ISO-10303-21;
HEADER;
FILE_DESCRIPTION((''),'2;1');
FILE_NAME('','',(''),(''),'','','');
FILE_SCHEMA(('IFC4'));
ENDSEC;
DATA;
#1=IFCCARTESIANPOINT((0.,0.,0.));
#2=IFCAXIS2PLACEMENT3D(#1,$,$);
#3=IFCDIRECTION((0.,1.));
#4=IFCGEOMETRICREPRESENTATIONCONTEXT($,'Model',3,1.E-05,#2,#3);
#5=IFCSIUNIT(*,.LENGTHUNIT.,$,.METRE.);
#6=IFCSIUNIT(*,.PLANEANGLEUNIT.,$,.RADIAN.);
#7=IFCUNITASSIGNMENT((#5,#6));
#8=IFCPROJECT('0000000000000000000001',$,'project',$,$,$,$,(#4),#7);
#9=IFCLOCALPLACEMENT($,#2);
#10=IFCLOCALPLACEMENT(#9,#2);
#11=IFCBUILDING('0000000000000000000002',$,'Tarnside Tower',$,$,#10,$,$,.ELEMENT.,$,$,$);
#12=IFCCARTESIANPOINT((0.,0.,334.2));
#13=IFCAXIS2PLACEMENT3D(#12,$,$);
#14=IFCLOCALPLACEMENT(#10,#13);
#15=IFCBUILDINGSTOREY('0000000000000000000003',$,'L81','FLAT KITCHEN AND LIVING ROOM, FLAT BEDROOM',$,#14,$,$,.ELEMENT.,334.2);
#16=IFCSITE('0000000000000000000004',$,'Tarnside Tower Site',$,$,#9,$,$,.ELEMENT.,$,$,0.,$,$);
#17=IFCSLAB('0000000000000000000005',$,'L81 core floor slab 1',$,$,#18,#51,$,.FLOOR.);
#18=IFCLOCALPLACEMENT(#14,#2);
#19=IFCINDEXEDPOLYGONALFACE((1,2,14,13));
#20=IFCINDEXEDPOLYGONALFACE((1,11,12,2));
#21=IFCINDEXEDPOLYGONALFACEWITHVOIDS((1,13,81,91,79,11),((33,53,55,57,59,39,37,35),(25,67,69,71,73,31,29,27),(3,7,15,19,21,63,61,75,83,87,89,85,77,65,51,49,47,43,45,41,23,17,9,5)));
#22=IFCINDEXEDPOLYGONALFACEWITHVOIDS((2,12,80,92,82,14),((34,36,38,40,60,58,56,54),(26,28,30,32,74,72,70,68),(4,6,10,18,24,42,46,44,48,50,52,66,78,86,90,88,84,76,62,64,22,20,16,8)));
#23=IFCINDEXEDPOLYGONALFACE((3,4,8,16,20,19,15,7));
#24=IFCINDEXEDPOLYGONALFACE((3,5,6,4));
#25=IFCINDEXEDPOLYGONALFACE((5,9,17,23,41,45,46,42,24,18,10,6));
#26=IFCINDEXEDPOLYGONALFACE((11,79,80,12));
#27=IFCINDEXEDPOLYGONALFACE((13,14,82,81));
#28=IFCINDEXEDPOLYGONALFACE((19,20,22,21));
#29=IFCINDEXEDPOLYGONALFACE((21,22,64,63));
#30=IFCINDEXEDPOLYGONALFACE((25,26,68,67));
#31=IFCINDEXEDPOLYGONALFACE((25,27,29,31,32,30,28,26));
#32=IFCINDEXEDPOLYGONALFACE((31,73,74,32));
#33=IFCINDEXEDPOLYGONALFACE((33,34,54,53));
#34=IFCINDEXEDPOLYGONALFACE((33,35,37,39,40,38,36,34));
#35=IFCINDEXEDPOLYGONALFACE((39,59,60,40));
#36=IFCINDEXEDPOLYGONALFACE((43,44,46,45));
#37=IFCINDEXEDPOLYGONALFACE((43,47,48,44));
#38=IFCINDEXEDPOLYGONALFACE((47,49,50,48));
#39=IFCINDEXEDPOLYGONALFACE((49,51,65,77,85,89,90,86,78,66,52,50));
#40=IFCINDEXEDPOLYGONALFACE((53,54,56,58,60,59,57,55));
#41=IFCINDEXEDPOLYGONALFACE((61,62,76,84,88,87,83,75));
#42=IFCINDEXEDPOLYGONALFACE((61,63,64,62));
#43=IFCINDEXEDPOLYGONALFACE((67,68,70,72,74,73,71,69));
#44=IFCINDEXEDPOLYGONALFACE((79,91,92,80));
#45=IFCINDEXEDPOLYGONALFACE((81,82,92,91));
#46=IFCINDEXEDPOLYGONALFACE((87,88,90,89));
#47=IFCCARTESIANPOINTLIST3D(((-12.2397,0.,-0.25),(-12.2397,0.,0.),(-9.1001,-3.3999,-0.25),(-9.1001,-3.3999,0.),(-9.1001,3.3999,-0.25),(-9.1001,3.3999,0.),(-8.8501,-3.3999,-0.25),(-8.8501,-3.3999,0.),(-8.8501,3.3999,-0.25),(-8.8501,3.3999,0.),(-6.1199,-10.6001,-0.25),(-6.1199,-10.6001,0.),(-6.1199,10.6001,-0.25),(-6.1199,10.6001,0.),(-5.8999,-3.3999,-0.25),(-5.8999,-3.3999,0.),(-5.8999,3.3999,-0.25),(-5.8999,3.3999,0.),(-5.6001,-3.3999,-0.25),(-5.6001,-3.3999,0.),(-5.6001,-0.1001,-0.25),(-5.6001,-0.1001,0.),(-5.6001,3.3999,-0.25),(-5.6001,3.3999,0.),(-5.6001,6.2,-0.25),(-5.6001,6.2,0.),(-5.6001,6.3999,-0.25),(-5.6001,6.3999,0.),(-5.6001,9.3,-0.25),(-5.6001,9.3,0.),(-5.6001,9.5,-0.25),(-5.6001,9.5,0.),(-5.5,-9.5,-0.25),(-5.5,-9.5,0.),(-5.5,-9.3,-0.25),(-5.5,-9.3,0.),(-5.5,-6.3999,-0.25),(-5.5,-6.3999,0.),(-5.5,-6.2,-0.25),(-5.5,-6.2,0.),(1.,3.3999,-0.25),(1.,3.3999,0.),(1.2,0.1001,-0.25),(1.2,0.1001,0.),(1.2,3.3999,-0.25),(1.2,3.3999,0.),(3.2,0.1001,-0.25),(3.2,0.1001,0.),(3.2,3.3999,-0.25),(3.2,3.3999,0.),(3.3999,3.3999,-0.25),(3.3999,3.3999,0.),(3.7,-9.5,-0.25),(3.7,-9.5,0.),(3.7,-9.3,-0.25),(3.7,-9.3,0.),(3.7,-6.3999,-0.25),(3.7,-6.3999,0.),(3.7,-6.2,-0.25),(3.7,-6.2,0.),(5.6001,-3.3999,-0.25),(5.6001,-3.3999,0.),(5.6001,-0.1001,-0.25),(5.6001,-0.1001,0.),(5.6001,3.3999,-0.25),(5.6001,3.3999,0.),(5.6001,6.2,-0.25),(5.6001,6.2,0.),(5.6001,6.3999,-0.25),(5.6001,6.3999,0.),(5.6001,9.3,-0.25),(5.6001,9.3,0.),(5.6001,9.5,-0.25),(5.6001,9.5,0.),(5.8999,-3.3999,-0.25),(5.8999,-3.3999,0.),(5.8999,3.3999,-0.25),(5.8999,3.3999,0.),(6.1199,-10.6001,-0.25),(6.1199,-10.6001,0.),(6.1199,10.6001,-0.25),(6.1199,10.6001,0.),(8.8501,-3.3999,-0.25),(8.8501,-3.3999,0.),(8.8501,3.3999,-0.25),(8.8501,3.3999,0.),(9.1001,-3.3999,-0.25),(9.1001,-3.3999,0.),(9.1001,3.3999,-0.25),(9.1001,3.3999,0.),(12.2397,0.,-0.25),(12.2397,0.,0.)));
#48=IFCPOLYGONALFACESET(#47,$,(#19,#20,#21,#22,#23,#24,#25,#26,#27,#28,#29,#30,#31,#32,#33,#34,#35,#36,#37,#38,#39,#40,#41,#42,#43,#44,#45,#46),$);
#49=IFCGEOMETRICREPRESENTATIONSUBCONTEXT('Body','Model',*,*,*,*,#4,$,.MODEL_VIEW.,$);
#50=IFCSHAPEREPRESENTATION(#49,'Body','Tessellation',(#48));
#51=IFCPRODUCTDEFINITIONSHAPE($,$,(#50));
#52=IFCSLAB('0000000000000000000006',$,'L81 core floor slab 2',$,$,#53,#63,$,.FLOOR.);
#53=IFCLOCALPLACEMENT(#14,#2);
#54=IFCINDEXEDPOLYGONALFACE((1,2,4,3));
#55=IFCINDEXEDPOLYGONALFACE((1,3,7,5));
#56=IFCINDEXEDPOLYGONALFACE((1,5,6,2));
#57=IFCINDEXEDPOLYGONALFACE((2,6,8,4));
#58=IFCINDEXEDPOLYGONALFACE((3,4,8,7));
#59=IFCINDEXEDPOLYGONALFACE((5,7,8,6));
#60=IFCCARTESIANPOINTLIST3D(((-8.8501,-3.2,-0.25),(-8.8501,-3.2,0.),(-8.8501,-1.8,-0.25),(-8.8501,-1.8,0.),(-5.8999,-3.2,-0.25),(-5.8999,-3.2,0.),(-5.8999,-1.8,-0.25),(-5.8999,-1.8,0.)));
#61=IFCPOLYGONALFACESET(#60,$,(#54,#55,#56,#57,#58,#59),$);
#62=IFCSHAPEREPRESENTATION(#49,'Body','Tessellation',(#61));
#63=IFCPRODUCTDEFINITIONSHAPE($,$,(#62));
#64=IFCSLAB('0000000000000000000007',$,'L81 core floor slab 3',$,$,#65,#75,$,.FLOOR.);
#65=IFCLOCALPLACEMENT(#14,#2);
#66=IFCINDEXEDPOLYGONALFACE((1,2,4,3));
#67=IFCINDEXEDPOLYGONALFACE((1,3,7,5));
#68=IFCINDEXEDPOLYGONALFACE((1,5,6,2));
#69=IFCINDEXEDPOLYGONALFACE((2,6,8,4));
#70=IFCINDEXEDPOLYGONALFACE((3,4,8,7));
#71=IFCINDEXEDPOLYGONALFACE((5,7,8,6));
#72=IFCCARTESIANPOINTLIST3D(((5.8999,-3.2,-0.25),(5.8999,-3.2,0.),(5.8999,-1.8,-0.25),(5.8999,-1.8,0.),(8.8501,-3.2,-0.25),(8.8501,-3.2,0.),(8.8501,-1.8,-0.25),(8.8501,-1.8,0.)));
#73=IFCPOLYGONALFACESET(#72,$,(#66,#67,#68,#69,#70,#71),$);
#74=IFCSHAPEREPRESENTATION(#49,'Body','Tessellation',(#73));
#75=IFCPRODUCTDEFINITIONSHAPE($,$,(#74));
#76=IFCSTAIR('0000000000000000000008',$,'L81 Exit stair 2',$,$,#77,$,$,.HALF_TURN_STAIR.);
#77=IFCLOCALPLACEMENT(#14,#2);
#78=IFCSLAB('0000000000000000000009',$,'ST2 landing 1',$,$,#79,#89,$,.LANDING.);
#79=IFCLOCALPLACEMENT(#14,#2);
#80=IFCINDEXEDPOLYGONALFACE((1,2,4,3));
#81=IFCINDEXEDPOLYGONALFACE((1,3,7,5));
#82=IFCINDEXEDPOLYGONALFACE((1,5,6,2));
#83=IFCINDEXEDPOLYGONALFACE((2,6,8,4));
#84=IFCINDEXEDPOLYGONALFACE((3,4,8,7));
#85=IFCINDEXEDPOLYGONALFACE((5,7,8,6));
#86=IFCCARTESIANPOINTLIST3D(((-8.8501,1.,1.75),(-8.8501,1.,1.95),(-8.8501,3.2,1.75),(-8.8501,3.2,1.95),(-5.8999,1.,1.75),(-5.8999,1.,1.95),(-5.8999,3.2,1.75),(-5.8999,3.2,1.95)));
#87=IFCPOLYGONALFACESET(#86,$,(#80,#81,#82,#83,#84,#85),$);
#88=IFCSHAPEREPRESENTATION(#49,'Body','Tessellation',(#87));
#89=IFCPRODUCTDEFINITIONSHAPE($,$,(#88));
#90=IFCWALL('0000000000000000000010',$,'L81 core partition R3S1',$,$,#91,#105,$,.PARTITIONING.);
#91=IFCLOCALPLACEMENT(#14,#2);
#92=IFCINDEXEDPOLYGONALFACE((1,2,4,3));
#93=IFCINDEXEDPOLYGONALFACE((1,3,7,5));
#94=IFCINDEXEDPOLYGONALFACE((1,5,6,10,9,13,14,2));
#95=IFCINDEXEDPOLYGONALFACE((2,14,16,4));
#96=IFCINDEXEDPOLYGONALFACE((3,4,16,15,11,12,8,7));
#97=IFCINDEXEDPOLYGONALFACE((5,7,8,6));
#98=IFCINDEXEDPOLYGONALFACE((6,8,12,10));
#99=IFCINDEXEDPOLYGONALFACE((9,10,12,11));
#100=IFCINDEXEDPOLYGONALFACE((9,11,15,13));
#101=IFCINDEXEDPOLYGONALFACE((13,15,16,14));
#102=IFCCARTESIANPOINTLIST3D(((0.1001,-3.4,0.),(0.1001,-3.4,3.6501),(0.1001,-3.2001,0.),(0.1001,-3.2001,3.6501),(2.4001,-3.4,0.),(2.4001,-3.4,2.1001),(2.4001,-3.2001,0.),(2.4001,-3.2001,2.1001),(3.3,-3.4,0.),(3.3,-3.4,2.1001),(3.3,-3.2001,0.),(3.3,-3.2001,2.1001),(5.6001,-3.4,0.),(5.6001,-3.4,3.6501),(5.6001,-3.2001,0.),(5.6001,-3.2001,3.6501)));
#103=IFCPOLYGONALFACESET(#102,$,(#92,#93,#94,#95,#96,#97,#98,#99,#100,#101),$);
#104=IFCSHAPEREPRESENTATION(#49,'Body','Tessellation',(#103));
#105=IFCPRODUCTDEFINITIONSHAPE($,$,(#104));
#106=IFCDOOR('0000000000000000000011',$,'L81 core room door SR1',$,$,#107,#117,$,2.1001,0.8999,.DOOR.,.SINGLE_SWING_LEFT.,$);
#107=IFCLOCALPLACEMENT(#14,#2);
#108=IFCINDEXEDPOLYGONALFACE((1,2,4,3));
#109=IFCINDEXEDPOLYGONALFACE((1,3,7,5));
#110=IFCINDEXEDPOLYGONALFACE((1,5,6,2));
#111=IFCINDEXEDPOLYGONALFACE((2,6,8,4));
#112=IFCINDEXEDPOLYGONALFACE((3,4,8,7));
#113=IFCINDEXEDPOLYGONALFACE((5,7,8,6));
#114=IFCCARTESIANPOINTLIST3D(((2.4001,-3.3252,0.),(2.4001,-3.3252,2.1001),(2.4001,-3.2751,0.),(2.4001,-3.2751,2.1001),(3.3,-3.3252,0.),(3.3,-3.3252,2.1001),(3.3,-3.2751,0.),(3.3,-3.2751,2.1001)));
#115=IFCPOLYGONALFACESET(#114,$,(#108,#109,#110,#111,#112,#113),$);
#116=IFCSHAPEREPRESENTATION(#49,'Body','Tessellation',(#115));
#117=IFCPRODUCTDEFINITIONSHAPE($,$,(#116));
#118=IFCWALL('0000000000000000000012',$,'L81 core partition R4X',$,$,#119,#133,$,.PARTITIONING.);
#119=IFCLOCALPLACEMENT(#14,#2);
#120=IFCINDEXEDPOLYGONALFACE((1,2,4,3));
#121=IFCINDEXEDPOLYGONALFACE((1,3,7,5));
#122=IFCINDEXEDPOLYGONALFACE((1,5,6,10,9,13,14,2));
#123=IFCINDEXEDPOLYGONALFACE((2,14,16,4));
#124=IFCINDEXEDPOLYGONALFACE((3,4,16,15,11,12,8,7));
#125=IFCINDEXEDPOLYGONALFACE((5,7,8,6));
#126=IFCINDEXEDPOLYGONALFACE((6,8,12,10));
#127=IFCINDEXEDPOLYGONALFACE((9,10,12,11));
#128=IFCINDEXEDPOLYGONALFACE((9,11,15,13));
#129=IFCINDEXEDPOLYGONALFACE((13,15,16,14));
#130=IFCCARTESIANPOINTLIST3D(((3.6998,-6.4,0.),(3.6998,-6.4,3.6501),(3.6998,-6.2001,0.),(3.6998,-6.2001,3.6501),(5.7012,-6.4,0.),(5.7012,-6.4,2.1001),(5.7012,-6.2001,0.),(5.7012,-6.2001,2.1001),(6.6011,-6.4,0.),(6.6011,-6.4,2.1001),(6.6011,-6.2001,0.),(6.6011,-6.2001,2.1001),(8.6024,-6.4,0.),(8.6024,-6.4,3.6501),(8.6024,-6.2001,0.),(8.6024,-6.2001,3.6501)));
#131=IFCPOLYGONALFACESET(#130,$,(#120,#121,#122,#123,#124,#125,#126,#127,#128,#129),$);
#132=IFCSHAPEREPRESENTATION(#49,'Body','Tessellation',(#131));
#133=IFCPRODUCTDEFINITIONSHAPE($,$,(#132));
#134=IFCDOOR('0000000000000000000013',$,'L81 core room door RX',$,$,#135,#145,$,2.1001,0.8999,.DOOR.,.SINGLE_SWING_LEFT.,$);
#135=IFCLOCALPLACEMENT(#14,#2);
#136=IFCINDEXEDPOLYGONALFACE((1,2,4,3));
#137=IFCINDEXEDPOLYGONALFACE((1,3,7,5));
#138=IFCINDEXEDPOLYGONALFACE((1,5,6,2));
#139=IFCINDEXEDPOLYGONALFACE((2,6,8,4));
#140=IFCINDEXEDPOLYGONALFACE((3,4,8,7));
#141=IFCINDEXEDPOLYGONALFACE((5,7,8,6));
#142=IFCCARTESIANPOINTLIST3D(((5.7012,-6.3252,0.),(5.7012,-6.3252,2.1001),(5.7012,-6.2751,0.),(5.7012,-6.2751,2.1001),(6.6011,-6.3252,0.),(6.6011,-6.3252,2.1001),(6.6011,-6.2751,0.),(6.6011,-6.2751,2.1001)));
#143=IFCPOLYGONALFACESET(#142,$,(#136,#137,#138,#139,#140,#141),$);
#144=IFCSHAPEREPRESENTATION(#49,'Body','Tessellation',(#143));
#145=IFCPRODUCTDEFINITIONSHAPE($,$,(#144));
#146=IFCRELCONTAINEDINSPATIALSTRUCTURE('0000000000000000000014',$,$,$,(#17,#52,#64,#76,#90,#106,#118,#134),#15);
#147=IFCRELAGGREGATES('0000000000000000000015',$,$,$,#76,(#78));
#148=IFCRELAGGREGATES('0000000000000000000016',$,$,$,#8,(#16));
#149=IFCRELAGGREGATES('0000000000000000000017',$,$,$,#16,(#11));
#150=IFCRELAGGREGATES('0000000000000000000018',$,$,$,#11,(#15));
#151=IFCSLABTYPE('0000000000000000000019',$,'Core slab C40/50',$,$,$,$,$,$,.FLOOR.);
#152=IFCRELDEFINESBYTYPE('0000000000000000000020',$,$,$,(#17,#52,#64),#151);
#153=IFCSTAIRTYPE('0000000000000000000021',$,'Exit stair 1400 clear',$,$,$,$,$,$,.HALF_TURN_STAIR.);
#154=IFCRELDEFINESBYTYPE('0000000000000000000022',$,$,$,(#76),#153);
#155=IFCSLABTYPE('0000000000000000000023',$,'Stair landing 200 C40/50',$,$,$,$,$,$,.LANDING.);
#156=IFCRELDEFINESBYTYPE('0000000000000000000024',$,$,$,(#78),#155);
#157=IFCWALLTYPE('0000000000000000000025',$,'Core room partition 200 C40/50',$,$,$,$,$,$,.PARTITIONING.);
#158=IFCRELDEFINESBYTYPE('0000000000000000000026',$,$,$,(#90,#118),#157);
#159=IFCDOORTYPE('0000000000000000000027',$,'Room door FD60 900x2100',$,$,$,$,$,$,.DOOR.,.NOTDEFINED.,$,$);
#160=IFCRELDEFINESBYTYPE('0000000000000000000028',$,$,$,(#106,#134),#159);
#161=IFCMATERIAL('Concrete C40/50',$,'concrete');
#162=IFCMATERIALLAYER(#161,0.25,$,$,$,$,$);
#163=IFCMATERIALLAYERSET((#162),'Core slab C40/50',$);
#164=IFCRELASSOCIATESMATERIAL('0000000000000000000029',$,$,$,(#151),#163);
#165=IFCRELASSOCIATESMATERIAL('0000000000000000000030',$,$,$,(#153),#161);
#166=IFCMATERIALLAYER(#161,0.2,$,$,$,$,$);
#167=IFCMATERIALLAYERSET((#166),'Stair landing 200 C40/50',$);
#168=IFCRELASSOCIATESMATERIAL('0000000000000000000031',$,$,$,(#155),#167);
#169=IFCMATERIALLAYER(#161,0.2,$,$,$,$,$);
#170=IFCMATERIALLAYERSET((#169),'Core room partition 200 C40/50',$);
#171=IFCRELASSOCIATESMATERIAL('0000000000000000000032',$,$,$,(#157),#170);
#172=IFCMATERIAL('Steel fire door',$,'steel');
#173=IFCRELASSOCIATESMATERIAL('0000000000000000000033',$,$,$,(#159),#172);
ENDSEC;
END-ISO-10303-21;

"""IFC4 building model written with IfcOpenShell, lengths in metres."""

from ifc_helpers import new_model, si_unit, direction, frame, frame_2d, origin, place, context, subcontext, project, spatial, polyline, rectangle, outline, extrude, material, layer, layer_set, type_object, element, fill, aggregate, save


model = new_model("IFC4")

# Units and contexts
model_context = context("Model", 3, precision=1e-05, world=origin(), true_north=direction((0.0, 1.0)))
body_context = subcontext(model_context, "Body", "Model", "MODEL_VIEW")
ifc_project = project(units=[si_unit("LENGTHUNIT", "METRE"), si_unit("PLANEANGLEUNIT", "RADIAN")], contexts=[model_context])

# Site, building, storey
site_placement = place(None, origin())
site = spatial("IfcSite", under=ifc_project, at=site_placement, Name="Tarnside Tower Site", CompositionType="ELEMENT", RefElevation=0.0)
building_placement = place(site_placement, origin())
building = spatial("IfcBuilding", under=site, at=building_placement, Name="Tarnside Tower", CompositionType="ELEMENT")
storey_placement = place(building_placement, frame((0.0, 0.0, 334.2)))
storey = spatial("IfcBuildingStorey", under=building, at=storey_placement, Name="L81", Description="FLAT KITCHEN AND LIVING ROOM, FLAT BEDROOM", CompositionType="ELEMENT", Elevation=334.2)

# Slabs
ifc_material_1 = material(Name="Concrete C40/50", Category="concrete")
ifc_layer_1 = layer(ifc_material_1, 0.25)
ifc_layer_set_1 = layer_set([ifc_layer_1], Name="Core slab C40/50")
slab_type_1 = type_object("IfcSlabType", Name="Core slab C40/50", PredefinedType="FLOOR", material=ifc_layer_set_1)
slab_1_placement = place(storey_placement, frame((0.0, 0.0, -0.25)))
element("IfcSlab", 1, at=slab_1_placement, inside=storey, type_object=slab_type_1, Name="L81 core floor slab 1", PredefinedType="FLOOR", context=body_context, shape_type="SweptSolid", body=[
    extrude(outline(polyline([(6.1199, 10.6001), (12.2397, 0.0), (6.1199, -10.6001), (-6.1199, -10.6001), (-12.2397, 0.0), (-6.1199, 10.6001), (6.1199, 10.6001)]), holes=[polyline([(-5.5, -9.5), (3.7, -9.5), (3.7, -9.3), (3.7, -6.3999), (3.7, -6.2), (-5.5, -6.2), (-5.5, -6.3999), (-5.5, -9.3), (-5.5, -9.5)]), polyline([(-5.6001, -3.3999), (-5.6001, -0.1001), (5.6001, -0.1001), (5.6001, -3.3999), (5.8999, -3.3999), (8.8501, -3.3999), (9.1001, -3.3999), (9.1001, 3.3999), (8.8501, 3.3999), (5.8999, 3.3999), (5.6001, 3.3999), (3.3999, 3.3999), (3.2, 3.3999), (3.2, 0.1001), (1.2, 0.1001), (1.2, 3.3999), (1.0, 3.3999), (-5.6001, 3.3999), (-5.8999, 3.3999), (-8.8501, 3.3999), (-9.1001, 3.3999), (-9.1001, -3.3999), (-8.8501, -3.3999), (-5.8999, -3.3999), (-5.6001, -3.3999)]), polyline([(-5.6001, 6.2), (5.6001, 6.2), (5.6001, 6.3999), (5.6001, 9.3), (5.6001, 9.5), (-5.6001, 9.5), (-5.6001, 9.3), (-5.6001, 6.3999), (-5.6001, 6.2)])]), origin(), (0.0, 0.0, 1.0), 0.25),
])
slab_2_placement = place(storey_placement, frame((0.0, 0.0, -0.25)))
element("IfcSlab", 2, at=slab_2_placement, inside=storey, type_object=slab_type_1, Name="L81 core floor slab 2", PredefinedType="FLOOR", context=body_context, shape_type="SweptSolid", body=[
    extrude(outline(polyline([(-8.8501, -3.2), (-8.8501, -1.8), (-5.8999, -1.8), (-5.8999, -3.2), (-8.8501, -3.2)])), origin(), (0.0, 0.0, 1.0), 0.25),
])
slab_3_placement = place(storey_placement, frame((0.0, 0.0, -0.25)))
element("IfcSlab", 3, at=slab_3_placement, inside=storey, type_object=slab_type_1, Name="L81 core floor slab 3", PredefinedType="FLOOR", context=body_context, shape_type="SweptSolid", body=[
    extrude(outline(polyline([(5.8999, -1.8), (8.8501, -1.8), (8.8501, -3.2), (5.8999, -3.2), (5.8999, -1.8)])), origin(), (0.0, 0.0, 1.0), 0.25),
])

# Stair, slab
stair_type = type_object("IfcStairType", Name="Exit stair 1400 clear", PredefinedType="HALF_TURN_STAIR", material=ifc_material_1)
stair_1_placement = place(storey_placement, origin())
stair_1 = element("IfcStair", 4, at=stair_1_placement, inside=storey, type_object=stair_type, Name="L81 Exit stair 2", PredefinedType="HALF_TURN_STAIR")
ifc_layer_2 = layer(ifc_material_1, 0.2)
ifc_layer_set_2 = layer_set([ifc_layer_2], Name="Stair landing 200 C40/50")
slab_type_2 = type_object("IfcSlabType", Name="Stair landing 200 C40/50", PredefinedType="LANDING", material=ifc_layer_set_2)
slab_4_placement = place(storey_placement, frame((0.0, 0.0, 1.75)))
slab_4 = element("IfcSlab", 5, at=slab_4_placement, type_object=slab_type_2, Name="ST2 landing 1", PredefinedType="LANDING", context=body_context, shape_type="SweptSolid", body=[
    extrude(outline(polyline([(-5.8999, 1.0), (-5.8999, 3.2), (-8.8501, 3.2), (-8.8501, 1.0), (-5.8999, 1.0)])), origin(), (0.0, 0.0, 1.0), 0.2),
])
aggregate(stair_1, [slab_4])

# Walls, openings, doors
ifc_layer_3 = layer(ifc_material_1, 0.2)
ifc_layer_set_3 = layer_set([ifc_layer_3], Name="Core room partition 200 C40/50")
wall_type_1 = type_object("IfcWallType", Name="Core room partition 200 C40/50", PredefinedType="PARTITIONING", material=ifc_layer_set_3)
wall_1_placement = place(storey_placement, frame((0.1001, -3.3, 0.0), z_axis=(0.0, 0.0, 1.0), x_axis=(1.0, 0.0, 0.0)))
wall_1 = element("IfcWall", 6, at=wall_1_placement, inside=storey, type_object=wall_type_1, Name="L81 core partition R3S1", PredefinedType="PARTITIONING", context=body_context, shape_type="SweptSolid", body=[
    extrude(rectangle(XDim=5.5, YDim=0.2, at=frame_2d((2.75, 0.0))), origin(), (0.0, 0.0, 1.0), 3.6501),
])
opening_1_placement = place(wall_1_placement, frame((2.3, 0.0, 0.0)))
opening_1 = element("IfcOpeningElement", 7, at=opening_1_placement, cuts=wall_1, PredefinedType="OPENING", context=body_context, shape_type="SweptSolid", body=[
    extrude(rectangle(XDim=0.8999, YDim=2.1001, at=frame_2d((0.45, 1.05))), frame((0.0, 0.1099, 0.0), z_axis=(0.0, -1.0, 0.0), x_axis=(1.0, 0.0, 0.0)), (0.0, 0.0, 1.0), 0.22),
])
ifc_material_2 = material(Name="Steel fire door", Category="steel")
door_type_1 = type_object("IfcDoorType", Name="Room door FD60 900x2100", OperationType="NOTDEFINED", PredefinedType="DOOR", material=ifc_material_2)
door_1_placement = place(opening_1_placement, origin())
door_1 = element("IfcDoor", 8, at=door_1_placement, inside=storey, type_object=door_type_1, Name="L81 core room door SR1", OperationType="SINGLE_SWING_LEFT", OverallHeight=2.1001, OverallWidth=0.8999, PredefinedType="DOOR", context=body_context, shape_type="SweptSolid", body=[
    extrude(rectangle(XDim=0.8999, YDim=2.1001, at=frame_2d((0.45, 1.05))), frame((0.0, 0.0249, 0.0), z_axis=(0.0, -1.0, 0.0), x_axis=(1.0, 0.0, 0.0)), (0.0, 0.0, 1.0), 0.05),
])
fill(opening_1, door_1)
wall_2_placement = place(storey_placement, frame((3.7, -6.3, 0.0), z_axis=(0.0, 0.0, 1.0), x_axis=(1.0, 0.0, 0.0)))
wall_2 = element("IfcWall", 9, at=wall_2_placement, inside=storey, type_object=wall_type_1, Name="L81 core partition R4X", PredefinedType="PARTITIONING", context=body_context, shape_type="SweptSolid", body=[
    extrude(rectangle(XDim=4.9026, YDim=0.2, at=frame_2d((2.4512, 0.0))), origin(), (0.0, 0.0, 1.0), 3.6501),
])
opening_2_placement = place(wall_2_placement, frame((2.0012, 0.0, 0.0)))
opening_2 = element("IfcOpeningElement", 10, at=opening_2_placement, cuts=wall_2, PredefinedType="OPENING", context=body_context, shape_type="SweptSolid", body=[
    extrude(rectangle(XDim=0.8999, YDim=2.1001, at=frame_2d((0.45, 1.05))), frame((0.0, 0.1099, 0.0), z_axis=(0.0, -1.0, 0.0), x_axis=(1.0, 0.0, 0.0)), (0.0, 0.0, 1.0), 0.22),
])
door_2_placement = place(opening_2_placement, origin())
door_2 = element("IfcDoor", 11, at=door_2_placement, inside=storey, type_object=door_type_1, Name="L81 core room door RX", OperationType="SINGLE_SWING_LEFT", OverallHeight=2.1001, OverallWidth=0.8999, PredefinedType="DOOR", context=body_context, shape_type="SweptSolid", body=[
    extrude(rectangle(XDim=0.8999, YDim=2.1001, at=frame_2d((0.45, 1.05))), frame((0.0, 0.0249, 0.0), z_axis=(0.0, -1.0, 0.0), x_axis=(1.0, 0.0, 0.0)), (0.0, 0.0, 1.0), 0.05),
])
fill(opening_2, door_2)

save(model, "model.ifc")
